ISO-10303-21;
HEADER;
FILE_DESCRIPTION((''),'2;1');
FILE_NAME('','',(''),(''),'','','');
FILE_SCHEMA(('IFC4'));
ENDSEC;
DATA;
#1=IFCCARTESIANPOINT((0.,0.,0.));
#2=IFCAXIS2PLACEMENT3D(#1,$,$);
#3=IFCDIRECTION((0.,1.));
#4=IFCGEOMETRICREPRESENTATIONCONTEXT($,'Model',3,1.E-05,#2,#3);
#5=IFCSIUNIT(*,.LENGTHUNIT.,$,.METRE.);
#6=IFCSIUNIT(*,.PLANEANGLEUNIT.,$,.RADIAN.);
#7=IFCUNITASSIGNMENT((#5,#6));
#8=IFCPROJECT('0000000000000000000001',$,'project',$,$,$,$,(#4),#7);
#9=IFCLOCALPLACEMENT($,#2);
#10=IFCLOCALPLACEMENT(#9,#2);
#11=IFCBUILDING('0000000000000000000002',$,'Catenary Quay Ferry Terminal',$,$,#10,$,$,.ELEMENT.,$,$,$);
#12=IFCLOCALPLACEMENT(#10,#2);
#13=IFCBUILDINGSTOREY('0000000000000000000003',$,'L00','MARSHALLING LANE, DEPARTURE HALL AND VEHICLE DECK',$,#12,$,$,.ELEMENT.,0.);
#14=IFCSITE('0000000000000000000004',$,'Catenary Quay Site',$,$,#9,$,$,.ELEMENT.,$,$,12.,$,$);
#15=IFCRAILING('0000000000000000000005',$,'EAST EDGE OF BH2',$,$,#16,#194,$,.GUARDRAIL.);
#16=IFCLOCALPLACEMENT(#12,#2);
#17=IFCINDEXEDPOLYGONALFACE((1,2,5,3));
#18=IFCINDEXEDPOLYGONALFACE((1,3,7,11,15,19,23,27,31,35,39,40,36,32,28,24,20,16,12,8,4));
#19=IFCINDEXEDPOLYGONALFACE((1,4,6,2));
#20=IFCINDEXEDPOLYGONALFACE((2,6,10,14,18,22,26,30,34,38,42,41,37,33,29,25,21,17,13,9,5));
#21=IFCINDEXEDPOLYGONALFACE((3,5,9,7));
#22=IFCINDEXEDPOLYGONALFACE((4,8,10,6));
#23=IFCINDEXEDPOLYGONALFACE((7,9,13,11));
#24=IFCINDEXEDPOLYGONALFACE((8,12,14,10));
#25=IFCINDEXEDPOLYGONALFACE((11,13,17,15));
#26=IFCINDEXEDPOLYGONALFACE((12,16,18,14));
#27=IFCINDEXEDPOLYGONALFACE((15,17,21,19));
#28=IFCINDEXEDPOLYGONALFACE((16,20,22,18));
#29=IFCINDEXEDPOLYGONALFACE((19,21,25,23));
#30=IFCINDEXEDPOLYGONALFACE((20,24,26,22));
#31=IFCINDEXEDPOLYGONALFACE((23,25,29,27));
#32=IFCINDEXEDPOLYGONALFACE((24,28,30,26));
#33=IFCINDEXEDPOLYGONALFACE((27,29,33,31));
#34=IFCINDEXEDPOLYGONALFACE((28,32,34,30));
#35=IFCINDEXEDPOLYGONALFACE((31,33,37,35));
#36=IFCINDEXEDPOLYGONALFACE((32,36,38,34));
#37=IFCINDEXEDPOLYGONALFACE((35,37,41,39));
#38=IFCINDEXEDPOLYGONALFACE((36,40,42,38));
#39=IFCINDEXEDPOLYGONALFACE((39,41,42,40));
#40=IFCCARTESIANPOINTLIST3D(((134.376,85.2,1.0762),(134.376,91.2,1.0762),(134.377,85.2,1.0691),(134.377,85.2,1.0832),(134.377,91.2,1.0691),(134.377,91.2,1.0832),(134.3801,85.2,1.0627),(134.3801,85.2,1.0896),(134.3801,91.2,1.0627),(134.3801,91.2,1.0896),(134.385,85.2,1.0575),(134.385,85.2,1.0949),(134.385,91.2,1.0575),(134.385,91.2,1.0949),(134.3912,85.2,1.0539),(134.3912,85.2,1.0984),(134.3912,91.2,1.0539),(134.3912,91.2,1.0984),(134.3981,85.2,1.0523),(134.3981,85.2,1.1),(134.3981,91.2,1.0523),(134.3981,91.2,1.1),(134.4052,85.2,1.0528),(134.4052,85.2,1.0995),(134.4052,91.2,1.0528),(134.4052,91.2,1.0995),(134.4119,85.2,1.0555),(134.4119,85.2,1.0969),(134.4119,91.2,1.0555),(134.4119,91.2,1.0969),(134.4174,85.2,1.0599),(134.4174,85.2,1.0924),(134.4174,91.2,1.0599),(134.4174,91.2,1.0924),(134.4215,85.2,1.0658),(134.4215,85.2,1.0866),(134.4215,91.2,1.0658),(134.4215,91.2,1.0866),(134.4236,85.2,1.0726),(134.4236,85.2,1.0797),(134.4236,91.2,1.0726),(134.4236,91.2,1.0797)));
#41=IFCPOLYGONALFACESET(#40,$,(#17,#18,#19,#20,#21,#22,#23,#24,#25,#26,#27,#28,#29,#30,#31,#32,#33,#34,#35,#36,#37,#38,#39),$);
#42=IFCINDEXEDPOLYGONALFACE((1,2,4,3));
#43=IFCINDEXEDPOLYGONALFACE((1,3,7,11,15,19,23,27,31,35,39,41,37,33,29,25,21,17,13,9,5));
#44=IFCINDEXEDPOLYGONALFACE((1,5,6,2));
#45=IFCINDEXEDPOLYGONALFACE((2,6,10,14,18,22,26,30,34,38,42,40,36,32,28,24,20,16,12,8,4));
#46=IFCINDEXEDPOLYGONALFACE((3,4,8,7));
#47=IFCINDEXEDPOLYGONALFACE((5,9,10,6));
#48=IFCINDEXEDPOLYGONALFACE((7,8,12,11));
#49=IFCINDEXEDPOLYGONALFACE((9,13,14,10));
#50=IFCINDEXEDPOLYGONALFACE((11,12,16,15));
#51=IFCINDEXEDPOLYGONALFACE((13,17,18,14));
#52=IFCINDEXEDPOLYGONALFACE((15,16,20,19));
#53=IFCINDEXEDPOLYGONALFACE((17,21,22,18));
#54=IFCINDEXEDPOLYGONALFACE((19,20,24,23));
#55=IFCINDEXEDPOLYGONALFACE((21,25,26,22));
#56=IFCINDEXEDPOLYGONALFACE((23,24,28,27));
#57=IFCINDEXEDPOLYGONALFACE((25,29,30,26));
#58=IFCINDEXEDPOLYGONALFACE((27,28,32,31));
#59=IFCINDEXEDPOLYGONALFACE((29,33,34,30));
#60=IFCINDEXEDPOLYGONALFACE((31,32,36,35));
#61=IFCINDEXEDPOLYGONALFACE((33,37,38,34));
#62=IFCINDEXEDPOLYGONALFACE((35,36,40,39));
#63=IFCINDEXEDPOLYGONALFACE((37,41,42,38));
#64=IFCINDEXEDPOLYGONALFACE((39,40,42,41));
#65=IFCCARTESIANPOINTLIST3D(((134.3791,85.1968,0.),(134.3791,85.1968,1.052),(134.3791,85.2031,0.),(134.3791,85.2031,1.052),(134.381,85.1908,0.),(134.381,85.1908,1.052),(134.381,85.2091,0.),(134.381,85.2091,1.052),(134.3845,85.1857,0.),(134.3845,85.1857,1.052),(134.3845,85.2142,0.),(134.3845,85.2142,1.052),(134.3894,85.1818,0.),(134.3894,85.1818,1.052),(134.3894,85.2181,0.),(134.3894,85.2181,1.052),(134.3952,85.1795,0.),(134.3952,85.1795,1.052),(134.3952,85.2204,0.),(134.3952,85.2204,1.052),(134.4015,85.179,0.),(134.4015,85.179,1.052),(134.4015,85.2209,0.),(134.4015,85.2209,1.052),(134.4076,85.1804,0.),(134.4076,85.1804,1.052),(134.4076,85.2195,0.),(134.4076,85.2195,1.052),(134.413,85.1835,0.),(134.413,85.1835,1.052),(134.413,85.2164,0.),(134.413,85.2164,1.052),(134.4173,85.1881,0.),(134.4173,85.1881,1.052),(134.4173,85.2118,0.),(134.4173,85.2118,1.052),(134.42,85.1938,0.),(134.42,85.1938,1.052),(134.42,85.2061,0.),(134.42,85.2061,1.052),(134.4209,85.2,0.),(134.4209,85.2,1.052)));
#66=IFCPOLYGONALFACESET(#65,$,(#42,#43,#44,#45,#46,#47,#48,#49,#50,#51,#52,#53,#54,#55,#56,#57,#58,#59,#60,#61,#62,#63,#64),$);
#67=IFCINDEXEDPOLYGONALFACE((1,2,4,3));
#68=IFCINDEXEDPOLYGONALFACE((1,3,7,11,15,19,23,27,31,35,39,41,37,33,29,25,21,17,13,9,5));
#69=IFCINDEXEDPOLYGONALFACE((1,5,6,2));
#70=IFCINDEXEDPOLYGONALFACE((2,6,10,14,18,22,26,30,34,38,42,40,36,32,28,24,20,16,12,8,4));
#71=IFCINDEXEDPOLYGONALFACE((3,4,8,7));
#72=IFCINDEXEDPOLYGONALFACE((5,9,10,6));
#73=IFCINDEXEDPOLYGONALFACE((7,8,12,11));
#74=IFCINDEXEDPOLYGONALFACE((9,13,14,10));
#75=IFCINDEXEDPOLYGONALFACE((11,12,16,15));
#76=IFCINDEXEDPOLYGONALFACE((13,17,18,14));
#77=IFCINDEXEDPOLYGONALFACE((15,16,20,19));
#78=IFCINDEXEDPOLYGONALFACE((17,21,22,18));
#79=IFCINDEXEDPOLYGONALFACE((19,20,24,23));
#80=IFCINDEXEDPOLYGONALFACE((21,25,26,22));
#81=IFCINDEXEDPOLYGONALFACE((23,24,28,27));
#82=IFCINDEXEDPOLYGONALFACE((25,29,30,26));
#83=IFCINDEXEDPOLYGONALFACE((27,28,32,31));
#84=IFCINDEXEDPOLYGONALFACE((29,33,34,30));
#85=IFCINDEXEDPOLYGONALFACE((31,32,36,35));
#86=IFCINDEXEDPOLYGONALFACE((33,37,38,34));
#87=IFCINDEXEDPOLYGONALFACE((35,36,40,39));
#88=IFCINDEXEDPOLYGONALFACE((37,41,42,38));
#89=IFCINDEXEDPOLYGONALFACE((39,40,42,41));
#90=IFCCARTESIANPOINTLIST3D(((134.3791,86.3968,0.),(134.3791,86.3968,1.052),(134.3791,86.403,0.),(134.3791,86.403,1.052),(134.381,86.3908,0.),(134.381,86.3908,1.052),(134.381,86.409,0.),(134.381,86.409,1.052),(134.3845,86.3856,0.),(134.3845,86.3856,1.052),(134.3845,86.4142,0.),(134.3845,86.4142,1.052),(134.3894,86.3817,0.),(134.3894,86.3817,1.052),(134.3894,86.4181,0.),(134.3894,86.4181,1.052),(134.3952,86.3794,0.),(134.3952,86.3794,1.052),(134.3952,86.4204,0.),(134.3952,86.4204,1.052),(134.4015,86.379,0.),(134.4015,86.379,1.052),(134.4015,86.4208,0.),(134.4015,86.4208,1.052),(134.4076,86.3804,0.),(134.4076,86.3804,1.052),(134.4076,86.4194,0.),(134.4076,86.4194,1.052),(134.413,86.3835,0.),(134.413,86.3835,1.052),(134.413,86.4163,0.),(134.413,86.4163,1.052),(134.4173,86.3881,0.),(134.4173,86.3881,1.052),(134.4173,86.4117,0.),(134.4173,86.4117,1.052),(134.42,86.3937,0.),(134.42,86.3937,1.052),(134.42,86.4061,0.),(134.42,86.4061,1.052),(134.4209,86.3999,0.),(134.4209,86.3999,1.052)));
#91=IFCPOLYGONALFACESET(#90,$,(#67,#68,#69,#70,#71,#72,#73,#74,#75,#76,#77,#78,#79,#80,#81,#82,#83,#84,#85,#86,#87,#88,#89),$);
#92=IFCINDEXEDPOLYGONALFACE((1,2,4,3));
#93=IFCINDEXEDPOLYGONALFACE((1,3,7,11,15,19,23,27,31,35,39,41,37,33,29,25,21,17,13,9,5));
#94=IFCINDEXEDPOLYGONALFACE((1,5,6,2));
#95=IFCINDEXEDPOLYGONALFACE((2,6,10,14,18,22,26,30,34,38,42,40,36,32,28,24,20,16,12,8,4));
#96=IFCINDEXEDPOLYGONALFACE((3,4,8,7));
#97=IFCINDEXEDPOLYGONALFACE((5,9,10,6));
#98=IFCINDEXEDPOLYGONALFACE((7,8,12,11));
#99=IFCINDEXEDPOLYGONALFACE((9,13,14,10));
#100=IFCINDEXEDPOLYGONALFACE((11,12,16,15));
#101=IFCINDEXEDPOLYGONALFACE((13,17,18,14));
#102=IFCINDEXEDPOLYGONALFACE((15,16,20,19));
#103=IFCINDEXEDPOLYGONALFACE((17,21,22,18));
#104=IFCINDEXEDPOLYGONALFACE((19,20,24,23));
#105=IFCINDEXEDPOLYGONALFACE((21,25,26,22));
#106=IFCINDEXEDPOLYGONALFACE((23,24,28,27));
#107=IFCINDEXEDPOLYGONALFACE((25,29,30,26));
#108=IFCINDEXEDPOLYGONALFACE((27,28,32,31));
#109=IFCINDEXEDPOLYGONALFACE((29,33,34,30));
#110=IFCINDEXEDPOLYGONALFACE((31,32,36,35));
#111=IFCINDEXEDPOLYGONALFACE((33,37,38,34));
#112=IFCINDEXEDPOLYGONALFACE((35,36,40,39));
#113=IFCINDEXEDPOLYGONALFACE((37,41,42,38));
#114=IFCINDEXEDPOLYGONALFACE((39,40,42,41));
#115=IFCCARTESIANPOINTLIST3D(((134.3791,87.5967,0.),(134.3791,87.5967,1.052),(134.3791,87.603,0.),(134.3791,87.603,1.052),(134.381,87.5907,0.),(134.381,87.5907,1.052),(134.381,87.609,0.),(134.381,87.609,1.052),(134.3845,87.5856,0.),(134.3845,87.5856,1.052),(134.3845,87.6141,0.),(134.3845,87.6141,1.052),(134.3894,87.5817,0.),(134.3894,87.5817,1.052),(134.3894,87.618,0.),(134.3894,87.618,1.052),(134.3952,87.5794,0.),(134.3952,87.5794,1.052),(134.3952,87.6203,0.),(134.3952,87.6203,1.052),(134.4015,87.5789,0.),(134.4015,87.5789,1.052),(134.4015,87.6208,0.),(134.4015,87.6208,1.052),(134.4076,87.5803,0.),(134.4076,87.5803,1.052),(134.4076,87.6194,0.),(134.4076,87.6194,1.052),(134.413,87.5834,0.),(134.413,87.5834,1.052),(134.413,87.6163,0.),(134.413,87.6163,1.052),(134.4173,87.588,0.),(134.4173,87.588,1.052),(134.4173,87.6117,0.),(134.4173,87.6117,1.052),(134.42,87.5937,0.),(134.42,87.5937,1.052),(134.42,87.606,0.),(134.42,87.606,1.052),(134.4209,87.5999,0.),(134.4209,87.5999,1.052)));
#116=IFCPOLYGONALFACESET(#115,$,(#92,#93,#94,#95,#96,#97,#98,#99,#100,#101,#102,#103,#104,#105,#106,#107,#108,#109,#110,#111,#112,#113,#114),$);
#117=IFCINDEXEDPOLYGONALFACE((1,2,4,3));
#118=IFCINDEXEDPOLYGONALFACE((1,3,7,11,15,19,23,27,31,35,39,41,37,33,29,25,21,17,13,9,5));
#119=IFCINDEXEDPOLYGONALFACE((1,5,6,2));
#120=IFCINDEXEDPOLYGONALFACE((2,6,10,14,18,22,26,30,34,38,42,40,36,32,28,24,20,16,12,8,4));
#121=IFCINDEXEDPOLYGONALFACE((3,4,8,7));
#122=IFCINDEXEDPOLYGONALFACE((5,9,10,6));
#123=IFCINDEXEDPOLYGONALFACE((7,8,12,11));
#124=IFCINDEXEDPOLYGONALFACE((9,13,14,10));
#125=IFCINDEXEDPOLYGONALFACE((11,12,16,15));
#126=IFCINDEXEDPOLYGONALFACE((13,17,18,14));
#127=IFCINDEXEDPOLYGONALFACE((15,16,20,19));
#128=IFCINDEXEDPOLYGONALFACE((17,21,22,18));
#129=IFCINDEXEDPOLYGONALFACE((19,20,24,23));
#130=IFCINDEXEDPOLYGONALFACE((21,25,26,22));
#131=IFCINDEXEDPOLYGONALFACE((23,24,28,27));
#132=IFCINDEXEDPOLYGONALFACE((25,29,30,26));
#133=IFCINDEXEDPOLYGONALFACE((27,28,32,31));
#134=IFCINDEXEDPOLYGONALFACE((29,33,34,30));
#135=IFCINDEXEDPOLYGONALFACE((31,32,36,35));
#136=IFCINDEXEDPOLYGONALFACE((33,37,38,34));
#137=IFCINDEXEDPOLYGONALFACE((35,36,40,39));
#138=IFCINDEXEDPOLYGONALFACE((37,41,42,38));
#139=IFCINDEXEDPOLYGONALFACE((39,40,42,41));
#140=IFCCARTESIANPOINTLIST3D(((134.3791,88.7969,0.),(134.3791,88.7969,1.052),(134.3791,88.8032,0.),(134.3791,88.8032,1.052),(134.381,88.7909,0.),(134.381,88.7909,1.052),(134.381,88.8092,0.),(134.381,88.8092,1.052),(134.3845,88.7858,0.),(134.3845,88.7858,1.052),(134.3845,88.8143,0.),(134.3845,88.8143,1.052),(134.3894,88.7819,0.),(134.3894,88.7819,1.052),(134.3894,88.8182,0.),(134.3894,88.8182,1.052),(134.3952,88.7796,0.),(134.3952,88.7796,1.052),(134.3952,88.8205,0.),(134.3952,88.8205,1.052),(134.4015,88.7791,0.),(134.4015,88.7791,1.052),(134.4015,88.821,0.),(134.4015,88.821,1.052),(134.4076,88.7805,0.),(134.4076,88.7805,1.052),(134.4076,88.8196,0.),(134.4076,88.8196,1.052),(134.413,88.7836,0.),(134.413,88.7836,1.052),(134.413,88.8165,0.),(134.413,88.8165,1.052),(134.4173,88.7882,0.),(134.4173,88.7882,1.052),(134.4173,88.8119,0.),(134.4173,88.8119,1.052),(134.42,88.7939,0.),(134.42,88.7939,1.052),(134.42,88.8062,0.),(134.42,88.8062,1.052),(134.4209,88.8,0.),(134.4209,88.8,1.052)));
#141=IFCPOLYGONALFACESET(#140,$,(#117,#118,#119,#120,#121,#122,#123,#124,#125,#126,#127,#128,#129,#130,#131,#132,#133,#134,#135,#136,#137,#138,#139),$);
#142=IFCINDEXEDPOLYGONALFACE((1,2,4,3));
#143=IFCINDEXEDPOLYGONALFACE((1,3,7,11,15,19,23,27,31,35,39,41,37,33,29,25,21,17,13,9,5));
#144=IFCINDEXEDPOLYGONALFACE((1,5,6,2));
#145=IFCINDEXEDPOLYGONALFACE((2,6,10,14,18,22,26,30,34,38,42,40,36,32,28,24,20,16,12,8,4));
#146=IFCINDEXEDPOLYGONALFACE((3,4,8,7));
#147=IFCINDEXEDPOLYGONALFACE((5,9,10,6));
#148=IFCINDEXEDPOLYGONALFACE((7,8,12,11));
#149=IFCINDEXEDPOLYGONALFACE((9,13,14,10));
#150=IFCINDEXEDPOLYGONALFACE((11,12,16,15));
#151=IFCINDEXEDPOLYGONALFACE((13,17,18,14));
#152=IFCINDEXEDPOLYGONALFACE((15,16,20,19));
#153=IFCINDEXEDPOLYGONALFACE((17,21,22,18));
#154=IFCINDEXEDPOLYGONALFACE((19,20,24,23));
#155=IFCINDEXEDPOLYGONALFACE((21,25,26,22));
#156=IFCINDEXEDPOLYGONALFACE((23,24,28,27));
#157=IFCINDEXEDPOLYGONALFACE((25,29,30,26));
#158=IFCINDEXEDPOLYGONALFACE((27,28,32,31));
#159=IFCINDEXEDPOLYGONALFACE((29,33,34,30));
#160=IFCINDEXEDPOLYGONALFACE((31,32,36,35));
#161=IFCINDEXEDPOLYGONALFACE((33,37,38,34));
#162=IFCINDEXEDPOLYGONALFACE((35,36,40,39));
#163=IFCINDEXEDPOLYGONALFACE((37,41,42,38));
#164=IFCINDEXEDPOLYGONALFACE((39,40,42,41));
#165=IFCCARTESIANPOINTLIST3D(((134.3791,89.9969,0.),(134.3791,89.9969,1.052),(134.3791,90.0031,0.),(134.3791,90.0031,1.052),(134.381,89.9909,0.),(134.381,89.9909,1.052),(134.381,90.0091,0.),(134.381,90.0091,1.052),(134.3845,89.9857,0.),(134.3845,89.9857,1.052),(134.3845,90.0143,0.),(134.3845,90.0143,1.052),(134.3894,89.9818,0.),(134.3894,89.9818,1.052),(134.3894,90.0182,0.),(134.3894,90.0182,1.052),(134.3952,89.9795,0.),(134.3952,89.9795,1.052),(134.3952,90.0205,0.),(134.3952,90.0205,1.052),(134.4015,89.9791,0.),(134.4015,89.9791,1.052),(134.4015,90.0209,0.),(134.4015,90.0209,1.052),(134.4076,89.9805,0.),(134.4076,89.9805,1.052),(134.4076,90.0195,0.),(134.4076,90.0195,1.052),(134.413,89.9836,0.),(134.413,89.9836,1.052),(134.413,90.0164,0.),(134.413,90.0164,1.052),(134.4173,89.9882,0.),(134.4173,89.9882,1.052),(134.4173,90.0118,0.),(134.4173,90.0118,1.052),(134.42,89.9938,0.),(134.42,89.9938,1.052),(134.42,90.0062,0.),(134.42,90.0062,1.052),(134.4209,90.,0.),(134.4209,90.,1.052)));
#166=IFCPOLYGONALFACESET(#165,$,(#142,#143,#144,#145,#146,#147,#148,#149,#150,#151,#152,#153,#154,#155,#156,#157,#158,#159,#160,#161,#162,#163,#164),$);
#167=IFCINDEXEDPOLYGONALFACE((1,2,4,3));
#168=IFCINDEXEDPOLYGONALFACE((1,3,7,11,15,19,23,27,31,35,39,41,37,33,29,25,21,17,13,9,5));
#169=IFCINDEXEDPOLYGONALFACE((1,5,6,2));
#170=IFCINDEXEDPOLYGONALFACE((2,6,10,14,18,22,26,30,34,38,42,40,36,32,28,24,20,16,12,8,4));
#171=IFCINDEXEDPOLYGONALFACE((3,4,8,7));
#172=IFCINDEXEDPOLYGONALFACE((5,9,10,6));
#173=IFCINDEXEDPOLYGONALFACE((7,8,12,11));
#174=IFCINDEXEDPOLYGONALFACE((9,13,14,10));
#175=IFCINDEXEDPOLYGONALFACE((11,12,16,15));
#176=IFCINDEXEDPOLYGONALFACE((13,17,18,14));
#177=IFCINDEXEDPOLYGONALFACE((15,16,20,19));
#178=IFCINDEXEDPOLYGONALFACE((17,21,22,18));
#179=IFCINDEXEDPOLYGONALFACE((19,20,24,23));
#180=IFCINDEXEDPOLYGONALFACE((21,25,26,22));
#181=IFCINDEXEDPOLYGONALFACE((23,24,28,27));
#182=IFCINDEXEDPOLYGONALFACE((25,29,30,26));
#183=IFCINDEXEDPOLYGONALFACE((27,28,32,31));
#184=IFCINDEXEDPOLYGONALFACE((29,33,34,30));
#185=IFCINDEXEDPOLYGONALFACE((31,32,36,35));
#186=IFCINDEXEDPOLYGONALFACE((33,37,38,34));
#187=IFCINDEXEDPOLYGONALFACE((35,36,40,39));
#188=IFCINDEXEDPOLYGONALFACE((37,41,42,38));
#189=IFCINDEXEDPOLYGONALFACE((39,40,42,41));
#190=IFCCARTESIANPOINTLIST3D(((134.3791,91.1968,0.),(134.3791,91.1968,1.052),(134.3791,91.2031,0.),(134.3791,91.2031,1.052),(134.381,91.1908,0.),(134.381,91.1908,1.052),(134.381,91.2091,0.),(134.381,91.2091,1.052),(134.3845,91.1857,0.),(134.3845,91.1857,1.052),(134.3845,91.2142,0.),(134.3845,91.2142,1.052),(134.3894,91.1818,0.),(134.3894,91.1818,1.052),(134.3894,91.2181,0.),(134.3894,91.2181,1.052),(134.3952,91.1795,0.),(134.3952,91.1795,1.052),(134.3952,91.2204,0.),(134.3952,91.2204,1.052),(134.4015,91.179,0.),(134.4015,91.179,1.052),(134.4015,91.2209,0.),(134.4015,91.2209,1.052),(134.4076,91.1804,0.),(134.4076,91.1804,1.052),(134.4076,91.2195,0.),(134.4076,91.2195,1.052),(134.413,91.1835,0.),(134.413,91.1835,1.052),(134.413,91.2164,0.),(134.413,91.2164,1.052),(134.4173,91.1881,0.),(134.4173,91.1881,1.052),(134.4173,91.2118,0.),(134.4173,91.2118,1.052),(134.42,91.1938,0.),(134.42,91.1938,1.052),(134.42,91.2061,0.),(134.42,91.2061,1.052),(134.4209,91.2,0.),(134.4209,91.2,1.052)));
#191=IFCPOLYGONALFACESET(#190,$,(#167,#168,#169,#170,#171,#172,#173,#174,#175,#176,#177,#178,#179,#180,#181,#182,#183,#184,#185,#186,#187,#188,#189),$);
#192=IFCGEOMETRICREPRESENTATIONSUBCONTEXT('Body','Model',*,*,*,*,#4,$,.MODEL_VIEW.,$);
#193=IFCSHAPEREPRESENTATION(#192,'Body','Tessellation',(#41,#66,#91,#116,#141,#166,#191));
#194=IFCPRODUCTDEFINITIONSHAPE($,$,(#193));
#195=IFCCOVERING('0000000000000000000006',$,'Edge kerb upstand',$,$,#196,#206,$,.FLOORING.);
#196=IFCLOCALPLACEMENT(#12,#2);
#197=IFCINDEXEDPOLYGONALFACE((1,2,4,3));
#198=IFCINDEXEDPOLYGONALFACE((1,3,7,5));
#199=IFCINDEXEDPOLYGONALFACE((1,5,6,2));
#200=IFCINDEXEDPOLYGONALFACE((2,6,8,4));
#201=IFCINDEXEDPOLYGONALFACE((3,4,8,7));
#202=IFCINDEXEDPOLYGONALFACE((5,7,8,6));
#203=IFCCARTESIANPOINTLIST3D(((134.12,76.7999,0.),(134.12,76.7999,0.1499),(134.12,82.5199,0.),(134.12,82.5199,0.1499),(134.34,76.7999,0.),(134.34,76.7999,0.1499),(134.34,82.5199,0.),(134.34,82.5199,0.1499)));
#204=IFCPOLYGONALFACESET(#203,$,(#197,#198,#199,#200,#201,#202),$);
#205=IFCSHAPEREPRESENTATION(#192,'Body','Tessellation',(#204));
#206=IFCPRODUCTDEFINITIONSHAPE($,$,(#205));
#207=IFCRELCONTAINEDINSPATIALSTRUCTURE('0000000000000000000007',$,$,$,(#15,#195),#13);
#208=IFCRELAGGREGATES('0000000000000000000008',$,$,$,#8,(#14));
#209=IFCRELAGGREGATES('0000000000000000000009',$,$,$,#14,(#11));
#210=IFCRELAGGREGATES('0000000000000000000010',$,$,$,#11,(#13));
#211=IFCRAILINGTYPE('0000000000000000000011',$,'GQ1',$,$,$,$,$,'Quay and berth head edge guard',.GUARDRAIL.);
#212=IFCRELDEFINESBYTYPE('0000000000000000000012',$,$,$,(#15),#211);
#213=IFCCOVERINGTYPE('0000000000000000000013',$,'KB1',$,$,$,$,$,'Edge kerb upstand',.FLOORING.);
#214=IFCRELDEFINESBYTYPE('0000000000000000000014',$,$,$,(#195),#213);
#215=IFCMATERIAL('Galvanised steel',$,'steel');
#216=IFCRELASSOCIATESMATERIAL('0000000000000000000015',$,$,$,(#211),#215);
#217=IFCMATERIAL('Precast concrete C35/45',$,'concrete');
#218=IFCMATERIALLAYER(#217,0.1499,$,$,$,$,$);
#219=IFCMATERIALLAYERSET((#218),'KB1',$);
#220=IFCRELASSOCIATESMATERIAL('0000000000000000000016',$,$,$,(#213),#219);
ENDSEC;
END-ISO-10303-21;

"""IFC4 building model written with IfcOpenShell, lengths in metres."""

from ifc_helpers import new_model, si_unit, direction, frame, origin, origin_2d, place, context, subcontext, project, spatial, rectangle, circle, extrude, material, layer, layer_set, type_object, element, save


model = new_model("IFC4")

# Units and contexts
model_context = context("Model", 3, precision=1e-05, world=origin(), true_north=direction((0.0, 1.0)))
body_context = subcontext(model_context, "Body", "Model", "MODEL_VIEW")
ifc_project = project(units=[si_unit("LENGTHUNIT", "METRE"), si_unit("PLANEANGLEUNIT", "RADIAN")], contexts=[model_context])

# Site, building, storey
site_placement = place(None, origin())
site = spatial("IfcSite", under=ifc_project, at=site_placement, Name="Catenary Quay Site", CompositionType="ELEMENT", RefElevation=12.0)
building_placement = place(site_placement, origin())
building = spatial("IfcBuilding", under=site, at=building_placement, Name="Catenary Quay Ferry Terminal", CompositionType="ELEMENT")
storey_placement = place(building_placement, origin())
storey = spatial("IfcBuildingStorey", under=building, at=storey_placement, Name="L00", Description="MARSHALLING LANE, DEPARTURE HALL AND VEHICLE DECK", CompositionType="ELEMENT", Elevation=0.0)

# Railing
ifc_material_1 = material(Name="Galvanised steel", Category="steel")
railing_type = type_object("IfcRailingType", Name="GQ1", ElementType="Quay and berth head edge guard", PredefinedType="GUARDRAIL", material=ifc_material_1)
for number, where, name in (
    (1, (134.3999, 85.2, 0.0), "EAST EDGE OF BH2"),
):
    element("IfcRailing", number, at=place(storey_placement, frame(where)), inside=storey, type_object=railing_type, Name=name, PredefinedType="GUARDRAIL", context=body_context, shape_type="SweptSolid", body=[
        extrude(circle(Radius=0.0239, at=origin_2d()), frame((0.0, 0.0, 1.0762), z_axis=(0.0, 1.0, 0.0), x_axis=(-1.0, 0.0, 0.0)), (0.0, 0.0, 1.0), 6.0),
        extrude(circle(Radius=0.021, at=origin_2d()), origin(), (0.0, 0.0, 1.0), 1.052),
        extrude(circle(Radius=0.021, at=origin_2d()), frame((0.0, 1.2, 0.0)), (0.0, 0.0, 1.0), 1.052),
        extrude(circle(Radius=0.021, at=origin_2d()), frame((0.0, 2.3999, 0.0)), (0.0, 0.0, 1.0), 1.052),
        extrude(circle(Radius=0.021, at=origin_2d()), frame((0.0, 3.6001, 0.0)), (0.0, 0.0, 1.0), 1.052),
        extrude(circle(Radius=0.021, at=origin_2d()), frame((0.0, 4.8, 0.0)), (0.0, 0.0, 1.0), 1.052),
        extrude(circle(Radius=0.021, at=origin_2d()), frame((0.0, 6.0, 0.0)), (0.0, 0.0, 1.0), 1.052),
    ])

# Covering
ifc_material_2 = material(Name="Precast concrete C35/45", Category="concrete")
ifc_layer_1 = layer(ifc_material_2, 0.1499)
ifc_layer_set_1 = layer_set([ifc_layer_1], Name="KB1")
covering_type_1 = type_object("IfcCoveringType", Name="KB1", ElementType="Edge kerb upstand", PredefinedType="FLOORING", material=ifc_layer_set_1)
covering_1_placement = place(storey_placement, frame((134.23, 79.6599, 0.0), z_axis=(0.0, 0.0, 1.0), x_axis=(1.0, 0.0, 0.0)))
element("IfcCovering", 2, at=covering_1_placement, inside=storey, type_object=covering_type_1, Name="Edge kerb upstand", PredefinedType="FLOORING", context=body_context, shape_type="SweptSolid", body=[
    extrude(rectangle(XDim=0.22, YDim=5.72, at=origin_2d()), origin(), (0.0, 0.0, 1.0), 0.1499),
])

save(model, "model.ifc")
